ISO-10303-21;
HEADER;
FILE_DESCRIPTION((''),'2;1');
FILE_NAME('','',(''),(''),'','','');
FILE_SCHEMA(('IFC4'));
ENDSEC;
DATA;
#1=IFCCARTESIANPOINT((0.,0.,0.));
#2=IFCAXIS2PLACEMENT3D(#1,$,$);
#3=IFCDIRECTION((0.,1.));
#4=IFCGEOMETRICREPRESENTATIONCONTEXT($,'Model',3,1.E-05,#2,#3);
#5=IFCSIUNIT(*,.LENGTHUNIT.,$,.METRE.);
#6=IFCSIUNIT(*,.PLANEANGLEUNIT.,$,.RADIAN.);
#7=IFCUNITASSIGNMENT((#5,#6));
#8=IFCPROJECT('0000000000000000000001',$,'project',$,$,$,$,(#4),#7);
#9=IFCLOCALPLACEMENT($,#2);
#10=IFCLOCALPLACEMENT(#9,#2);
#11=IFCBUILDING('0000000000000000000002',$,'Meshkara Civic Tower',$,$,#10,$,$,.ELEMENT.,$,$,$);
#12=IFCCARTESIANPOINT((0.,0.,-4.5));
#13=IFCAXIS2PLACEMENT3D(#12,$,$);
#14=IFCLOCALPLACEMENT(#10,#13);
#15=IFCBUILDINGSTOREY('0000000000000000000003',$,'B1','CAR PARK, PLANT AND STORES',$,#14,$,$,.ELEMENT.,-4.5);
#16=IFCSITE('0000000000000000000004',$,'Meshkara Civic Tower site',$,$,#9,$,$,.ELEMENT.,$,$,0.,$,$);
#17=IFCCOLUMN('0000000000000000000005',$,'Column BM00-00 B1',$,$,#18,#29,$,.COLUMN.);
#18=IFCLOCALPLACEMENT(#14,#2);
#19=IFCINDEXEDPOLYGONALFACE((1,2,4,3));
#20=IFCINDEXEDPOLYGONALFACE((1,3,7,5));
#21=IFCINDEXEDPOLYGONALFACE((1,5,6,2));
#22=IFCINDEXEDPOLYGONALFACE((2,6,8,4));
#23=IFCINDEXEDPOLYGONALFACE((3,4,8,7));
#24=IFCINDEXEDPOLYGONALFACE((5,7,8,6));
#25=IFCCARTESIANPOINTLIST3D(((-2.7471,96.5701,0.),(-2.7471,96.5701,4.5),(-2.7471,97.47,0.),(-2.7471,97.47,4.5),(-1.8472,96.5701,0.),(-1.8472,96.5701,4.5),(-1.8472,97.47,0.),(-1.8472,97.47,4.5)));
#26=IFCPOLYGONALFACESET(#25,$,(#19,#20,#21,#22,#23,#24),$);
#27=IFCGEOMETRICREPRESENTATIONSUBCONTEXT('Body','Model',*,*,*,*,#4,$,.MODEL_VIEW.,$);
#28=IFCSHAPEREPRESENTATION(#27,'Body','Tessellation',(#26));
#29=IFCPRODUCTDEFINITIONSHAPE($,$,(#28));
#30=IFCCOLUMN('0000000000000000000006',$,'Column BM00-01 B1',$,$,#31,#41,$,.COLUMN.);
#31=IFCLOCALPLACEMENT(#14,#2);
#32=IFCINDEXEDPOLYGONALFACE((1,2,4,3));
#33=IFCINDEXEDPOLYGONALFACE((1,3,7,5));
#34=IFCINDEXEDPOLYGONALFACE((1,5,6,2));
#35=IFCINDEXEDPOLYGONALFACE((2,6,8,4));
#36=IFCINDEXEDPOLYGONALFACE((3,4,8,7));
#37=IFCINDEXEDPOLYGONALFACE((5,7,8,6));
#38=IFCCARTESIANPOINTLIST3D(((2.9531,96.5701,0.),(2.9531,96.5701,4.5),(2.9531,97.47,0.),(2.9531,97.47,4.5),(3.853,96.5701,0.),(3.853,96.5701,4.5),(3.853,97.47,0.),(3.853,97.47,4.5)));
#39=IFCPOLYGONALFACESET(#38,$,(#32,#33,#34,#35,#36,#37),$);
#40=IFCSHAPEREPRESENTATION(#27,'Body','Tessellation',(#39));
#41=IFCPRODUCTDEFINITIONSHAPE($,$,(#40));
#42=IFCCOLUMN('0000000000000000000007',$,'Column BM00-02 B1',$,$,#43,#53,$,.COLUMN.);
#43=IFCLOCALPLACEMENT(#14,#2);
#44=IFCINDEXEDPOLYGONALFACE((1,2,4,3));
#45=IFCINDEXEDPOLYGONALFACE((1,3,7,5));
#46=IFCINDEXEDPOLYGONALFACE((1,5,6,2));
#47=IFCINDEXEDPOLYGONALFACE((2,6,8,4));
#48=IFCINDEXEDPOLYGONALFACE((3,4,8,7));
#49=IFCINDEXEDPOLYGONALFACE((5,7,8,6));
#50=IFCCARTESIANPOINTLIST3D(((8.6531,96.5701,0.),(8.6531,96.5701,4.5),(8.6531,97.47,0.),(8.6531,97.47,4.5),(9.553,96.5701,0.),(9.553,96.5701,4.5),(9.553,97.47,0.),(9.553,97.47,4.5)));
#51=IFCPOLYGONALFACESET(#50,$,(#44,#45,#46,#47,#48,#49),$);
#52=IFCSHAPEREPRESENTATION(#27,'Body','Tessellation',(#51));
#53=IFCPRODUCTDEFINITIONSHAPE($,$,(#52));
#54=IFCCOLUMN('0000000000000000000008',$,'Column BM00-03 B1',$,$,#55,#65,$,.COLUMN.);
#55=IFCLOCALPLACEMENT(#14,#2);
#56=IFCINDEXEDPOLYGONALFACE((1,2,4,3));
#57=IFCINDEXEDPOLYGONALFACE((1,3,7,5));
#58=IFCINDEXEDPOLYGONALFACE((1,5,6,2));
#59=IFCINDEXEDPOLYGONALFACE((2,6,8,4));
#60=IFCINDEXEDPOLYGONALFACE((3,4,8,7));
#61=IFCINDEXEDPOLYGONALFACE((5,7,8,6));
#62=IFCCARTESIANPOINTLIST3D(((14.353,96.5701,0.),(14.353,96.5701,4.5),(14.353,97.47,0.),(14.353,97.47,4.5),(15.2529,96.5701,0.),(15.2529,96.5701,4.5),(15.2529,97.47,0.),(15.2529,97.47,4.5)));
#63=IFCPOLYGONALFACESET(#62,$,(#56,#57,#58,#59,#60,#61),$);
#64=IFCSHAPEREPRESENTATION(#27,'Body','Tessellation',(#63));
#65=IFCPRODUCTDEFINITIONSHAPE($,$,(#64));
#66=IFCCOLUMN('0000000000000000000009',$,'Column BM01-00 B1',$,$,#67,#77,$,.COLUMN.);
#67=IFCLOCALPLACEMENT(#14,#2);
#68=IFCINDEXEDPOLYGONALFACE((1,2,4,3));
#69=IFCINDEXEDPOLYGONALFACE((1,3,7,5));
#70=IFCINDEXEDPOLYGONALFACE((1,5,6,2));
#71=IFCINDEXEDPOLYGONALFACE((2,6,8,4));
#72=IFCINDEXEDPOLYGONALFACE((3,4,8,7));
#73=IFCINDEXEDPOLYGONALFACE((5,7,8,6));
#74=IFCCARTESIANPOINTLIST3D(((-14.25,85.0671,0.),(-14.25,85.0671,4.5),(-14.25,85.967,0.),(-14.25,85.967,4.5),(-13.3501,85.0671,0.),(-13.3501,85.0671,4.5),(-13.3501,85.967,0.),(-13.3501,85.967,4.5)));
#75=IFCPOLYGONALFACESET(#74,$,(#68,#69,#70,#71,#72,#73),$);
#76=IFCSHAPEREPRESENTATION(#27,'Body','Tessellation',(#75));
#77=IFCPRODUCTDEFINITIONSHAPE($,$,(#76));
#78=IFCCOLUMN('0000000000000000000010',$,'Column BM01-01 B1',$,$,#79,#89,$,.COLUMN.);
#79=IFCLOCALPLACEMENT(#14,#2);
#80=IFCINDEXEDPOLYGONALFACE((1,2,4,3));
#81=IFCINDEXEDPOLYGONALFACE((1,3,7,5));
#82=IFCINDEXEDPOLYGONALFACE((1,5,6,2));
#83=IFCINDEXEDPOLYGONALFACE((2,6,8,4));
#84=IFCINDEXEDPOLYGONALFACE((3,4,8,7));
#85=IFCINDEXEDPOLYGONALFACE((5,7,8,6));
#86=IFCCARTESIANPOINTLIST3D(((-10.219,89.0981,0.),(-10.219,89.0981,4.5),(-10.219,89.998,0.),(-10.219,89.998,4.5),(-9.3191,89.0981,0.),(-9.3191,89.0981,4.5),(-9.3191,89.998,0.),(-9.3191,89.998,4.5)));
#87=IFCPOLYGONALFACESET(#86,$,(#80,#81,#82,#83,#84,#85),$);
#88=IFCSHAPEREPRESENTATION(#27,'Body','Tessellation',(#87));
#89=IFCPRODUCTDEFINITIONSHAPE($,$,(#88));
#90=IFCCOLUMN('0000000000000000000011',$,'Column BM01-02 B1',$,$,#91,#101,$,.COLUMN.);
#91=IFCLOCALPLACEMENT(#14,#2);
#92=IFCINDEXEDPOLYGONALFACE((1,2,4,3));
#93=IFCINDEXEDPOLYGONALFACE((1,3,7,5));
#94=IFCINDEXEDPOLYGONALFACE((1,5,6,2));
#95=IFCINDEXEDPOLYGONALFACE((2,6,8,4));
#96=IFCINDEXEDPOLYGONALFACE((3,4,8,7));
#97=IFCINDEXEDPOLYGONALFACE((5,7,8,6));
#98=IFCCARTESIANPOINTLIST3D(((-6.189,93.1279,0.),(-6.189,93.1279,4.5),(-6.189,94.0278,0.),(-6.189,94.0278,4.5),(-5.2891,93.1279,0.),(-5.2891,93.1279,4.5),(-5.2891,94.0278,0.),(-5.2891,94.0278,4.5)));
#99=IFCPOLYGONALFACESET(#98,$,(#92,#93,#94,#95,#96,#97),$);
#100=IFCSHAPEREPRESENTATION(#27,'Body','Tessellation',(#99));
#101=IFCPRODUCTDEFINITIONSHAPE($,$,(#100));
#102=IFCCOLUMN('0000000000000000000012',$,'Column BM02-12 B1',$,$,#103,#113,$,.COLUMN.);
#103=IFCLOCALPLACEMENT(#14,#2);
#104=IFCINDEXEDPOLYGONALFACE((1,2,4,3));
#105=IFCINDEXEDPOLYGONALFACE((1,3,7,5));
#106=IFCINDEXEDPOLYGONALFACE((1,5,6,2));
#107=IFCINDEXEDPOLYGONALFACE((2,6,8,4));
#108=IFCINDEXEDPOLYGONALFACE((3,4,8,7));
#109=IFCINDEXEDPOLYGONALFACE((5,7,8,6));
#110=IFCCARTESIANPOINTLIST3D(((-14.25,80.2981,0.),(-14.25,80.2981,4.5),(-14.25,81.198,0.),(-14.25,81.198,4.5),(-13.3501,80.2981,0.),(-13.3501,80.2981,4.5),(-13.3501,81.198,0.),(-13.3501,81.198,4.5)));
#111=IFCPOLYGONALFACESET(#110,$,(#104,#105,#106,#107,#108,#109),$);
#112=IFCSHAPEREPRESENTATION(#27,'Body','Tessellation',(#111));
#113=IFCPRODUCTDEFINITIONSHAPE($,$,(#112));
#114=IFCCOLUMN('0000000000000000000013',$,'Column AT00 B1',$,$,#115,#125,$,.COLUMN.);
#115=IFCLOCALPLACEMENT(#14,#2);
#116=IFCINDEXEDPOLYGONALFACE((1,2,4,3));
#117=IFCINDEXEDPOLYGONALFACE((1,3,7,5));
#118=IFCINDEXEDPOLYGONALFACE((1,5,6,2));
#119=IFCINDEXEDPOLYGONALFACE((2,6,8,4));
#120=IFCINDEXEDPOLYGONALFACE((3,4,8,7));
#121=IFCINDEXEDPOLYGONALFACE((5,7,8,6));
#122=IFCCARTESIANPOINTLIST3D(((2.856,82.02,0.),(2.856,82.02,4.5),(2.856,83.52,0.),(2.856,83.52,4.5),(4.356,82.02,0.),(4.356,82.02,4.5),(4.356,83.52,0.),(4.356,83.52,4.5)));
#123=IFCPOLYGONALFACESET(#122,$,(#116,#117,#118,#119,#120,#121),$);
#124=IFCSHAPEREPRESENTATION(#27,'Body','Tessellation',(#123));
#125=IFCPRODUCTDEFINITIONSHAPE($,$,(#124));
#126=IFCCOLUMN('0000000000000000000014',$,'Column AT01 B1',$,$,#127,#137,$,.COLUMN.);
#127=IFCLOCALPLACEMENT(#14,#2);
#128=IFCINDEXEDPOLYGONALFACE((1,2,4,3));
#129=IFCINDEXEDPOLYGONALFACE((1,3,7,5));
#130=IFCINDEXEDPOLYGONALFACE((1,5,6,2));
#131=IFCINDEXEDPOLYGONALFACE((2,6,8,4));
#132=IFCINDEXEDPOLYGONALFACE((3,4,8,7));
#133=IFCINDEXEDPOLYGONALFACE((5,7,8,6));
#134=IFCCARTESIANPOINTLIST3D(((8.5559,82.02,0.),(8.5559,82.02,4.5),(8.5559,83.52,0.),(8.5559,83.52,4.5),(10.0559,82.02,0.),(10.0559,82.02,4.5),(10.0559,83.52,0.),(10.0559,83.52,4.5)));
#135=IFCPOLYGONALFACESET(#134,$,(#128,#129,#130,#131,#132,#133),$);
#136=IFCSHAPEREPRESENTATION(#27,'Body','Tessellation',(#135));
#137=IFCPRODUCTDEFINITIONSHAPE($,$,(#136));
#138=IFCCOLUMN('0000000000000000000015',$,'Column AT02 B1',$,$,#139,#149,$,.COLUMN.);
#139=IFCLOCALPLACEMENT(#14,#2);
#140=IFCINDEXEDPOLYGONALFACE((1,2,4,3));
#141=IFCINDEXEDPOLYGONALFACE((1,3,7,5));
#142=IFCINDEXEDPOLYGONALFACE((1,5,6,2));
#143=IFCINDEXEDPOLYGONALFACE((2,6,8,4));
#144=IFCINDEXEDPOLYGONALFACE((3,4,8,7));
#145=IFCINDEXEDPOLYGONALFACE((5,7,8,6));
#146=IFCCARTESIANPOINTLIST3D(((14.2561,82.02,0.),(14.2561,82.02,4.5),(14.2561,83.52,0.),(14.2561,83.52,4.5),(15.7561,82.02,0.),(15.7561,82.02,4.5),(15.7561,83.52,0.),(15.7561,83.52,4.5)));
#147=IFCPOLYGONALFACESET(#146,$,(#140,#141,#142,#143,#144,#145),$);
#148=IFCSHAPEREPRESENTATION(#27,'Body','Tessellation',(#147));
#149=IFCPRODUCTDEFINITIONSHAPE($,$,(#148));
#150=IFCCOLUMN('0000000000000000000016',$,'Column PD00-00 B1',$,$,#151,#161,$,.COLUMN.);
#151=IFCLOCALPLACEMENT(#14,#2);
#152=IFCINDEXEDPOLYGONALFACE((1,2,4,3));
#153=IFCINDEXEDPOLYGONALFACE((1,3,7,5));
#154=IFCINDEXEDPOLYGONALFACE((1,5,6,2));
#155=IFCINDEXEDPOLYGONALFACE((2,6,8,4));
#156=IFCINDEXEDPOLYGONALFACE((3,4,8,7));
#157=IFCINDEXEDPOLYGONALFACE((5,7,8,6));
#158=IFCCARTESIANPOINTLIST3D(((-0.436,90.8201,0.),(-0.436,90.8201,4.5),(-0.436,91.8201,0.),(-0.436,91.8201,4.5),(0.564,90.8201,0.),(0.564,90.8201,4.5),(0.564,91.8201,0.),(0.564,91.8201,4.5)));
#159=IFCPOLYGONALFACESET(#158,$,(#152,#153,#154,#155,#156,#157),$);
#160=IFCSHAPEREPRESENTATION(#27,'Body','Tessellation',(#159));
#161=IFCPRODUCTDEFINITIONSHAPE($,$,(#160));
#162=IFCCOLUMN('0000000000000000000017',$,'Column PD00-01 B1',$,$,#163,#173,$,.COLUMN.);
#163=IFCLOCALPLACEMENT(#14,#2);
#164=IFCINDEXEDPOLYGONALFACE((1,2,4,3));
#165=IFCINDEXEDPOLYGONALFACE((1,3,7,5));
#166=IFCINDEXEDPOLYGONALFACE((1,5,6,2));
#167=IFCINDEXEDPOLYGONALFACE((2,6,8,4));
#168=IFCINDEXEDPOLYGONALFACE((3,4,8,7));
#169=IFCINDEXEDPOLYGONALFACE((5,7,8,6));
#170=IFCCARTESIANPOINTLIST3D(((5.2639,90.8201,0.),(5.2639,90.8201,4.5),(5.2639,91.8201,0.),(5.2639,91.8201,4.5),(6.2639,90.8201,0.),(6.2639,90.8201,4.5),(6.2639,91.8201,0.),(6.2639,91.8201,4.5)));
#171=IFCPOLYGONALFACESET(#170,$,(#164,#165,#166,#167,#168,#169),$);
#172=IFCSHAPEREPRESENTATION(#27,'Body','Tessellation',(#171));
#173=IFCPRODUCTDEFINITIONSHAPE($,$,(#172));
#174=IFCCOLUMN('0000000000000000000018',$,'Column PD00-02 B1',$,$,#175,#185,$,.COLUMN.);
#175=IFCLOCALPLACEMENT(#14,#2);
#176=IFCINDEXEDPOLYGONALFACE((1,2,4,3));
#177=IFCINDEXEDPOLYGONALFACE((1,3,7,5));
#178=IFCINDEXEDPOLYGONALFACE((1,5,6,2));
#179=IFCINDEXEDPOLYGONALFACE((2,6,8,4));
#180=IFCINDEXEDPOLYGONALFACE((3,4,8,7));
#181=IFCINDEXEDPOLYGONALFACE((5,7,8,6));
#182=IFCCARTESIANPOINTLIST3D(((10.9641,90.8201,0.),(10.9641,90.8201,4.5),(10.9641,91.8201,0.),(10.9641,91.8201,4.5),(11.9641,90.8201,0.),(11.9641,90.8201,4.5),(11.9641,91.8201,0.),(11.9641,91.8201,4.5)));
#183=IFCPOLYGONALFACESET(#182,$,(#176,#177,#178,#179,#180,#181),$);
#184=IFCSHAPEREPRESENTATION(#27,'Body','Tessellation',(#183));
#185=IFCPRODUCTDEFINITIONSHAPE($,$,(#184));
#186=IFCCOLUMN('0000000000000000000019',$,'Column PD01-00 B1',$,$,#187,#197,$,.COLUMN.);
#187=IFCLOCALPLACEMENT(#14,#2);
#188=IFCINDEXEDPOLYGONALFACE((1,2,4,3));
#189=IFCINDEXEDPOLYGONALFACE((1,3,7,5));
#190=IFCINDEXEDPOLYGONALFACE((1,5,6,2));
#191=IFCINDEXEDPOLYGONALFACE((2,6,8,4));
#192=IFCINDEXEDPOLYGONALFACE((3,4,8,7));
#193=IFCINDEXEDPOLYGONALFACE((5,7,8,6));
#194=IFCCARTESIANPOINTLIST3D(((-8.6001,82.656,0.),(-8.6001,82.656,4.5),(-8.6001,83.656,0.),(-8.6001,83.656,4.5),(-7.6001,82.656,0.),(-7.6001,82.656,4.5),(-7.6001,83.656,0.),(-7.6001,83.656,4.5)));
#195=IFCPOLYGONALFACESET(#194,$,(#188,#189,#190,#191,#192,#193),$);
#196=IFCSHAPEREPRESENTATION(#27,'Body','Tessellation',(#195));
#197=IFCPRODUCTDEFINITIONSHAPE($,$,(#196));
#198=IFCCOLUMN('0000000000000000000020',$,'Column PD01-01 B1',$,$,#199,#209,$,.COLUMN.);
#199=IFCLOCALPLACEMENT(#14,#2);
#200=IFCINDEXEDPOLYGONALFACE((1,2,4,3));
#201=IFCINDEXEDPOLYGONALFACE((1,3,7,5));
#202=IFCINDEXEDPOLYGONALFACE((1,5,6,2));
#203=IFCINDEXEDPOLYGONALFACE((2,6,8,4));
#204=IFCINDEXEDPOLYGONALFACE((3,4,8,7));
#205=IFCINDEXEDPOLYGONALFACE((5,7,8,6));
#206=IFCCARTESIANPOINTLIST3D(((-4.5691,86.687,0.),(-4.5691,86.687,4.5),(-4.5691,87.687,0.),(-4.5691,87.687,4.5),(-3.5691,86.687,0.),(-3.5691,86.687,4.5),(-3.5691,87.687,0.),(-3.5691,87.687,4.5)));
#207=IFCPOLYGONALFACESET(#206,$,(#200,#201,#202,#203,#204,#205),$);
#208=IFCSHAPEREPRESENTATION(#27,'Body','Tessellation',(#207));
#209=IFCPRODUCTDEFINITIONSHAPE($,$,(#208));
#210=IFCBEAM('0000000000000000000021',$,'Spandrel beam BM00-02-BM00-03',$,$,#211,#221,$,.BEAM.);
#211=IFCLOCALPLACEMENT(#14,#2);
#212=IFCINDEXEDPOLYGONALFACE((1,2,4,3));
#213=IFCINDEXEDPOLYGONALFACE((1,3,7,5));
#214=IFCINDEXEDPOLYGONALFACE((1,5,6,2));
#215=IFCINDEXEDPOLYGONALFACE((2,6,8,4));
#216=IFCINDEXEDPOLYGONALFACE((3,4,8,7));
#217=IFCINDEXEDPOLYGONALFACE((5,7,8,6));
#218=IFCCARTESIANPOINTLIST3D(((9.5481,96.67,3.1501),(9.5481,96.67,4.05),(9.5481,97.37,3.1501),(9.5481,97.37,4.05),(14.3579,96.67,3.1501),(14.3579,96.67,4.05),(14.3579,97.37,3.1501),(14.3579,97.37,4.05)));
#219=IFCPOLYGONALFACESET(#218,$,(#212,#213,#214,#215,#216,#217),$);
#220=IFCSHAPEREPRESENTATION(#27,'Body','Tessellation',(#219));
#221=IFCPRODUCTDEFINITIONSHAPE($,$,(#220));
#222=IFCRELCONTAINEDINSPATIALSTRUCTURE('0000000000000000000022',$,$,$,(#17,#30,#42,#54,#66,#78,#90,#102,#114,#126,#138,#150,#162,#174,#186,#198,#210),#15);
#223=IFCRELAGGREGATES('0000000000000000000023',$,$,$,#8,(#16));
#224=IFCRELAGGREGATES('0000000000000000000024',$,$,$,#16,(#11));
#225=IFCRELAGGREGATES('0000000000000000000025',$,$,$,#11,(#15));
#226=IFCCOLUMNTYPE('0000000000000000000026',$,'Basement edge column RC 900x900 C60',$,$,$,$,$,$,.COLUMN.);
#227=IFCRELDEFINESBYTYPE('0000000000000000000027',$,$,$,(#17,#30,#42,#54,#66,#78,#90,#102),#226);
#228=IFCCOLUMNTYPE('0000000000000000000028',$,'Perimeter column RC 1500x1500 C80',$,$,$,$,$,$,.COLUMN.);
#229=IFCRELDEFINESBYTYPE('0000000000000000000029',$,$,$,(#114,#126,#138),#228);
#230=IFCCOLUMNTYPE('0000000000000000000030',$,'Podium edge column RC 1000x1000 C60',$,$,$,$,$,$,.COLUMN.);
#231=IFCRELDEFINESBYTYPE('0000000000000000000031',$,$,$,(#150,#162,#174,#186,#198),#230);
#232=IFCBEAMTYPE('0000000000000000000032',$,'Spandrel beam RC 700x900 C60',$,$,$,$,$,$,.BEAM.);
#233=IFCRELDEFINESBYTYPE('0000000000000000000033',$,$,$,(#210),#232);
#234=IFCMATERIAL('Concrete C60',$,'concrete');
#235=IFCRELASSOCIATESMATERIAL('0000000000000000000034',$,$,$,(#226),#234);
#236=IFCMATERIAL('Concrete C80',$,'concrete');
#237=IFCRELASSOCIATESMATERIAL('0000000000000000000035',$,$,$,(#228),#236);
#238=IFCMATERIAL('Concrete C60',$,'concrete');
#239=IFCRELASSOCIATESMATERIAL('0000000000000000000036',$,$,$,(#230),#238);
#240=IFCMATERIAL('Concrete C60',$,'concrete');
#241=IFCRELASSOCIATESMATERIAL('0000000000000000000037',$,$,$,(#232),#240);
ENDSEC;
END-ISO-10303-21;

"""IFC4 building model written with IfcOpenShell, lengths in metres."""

from ifc_helpers import new_model, si_unit, direction, frame, origin, origin_2d, place, context, subcontext, project, spatial, rectangle, extrude, material, material_profile, profile_set, type_object, element, save


model = new_model("IFC4")

# Units and contexts
model_context = context("Model", 3, precision=1e-05, world=origin(), true_north=direction((0.0, 1.0)))
body_context = subcontext(model_context, "Body", "Model", "MODEL_VIEW")
ifc_project = project(units=[si_unit("LENGTHUNIT", "METRE"), si_unit("PLANEANGLEUNIT", "RADIAN")], contexts=[model_context])

# Site, building, storey
site_placement = place(None, origin())
site = spatial("IfcSite", under=ifc_project, at=site_placement, Name="Meshkara Civic Tower site", CompositionType="ELEMENT", RefElevation=0.0)
building_placement = place(site_placement, origin())
building = spatial("IfcBuilding", under=site, at=building_placement, Name="Meshkara Civic Tower", CompositionType="ELEMENT")
storey_placement = place(building_placement, frame((0.0, 0.0, -4.5)))
storey = spatial("IfcBuildingStorey", under=building, at=storey_placement, Name="B1", Description="CAR PARK, PLANT AND STORES", CompositionType="ELEMENT", Elevation=-4.5)

# Columns
ifc_material_1 = material(Name="Concrete C60", Category="concrete")
ifc_material_profile_1 = material_profile(ifc_material_1, rectangle(XDim=0.8999, YDim=0.8999, at=origin_2d()))
ifc_profile_set_1 = profile_set([ifc_material_profile_1], Name="Concrete C60")
column_type_1 = type_object("IfcColumnType", Name="Basement edge column RC 900x900 C60", PredefinedType="COLUMN", material=ifc_profile_set_1)
for number, where, z_axis, x_axis, name in (
    (1, (-2.2971, 97.02, 0.0), (0.0, 0.0, 1.0), (1.0, 0.0, 0.0), "Column BM00-00 B1"),
    (2, (3.4031, 97.02, 0.0), (0.0, 0.0, 1.0), (1.0, 0.0, 0.0), "Column BM00-01 B1"),
    (3, (9.103, 97.02, 0.0), (0.0, 0.0, 1.0), (1.0, 0.0, 0.0), "Column BM00-02 B1"),
    (4, (14.803, 97.02, 0.0), (0.0, 0.0, 1.0), (1.0, 0.0, 0.0), "Column BM00-03 B1"),
    (5, (-13.8, 85.5171, 0.0), (0.0, 0.0, 1.0), (1.0, 0.0, 0.0), "Column BM01-00 B1"),
    (6, (-9.769, 89.5481, 0.0), (0.0, 0.0, 1.0), (1.0, 0.0, 0.0), "Column BM01-01 B1"),
    (7, (-5.739, 93.5779, 0.0), (0.0, 0.0, 1.0), (1.0, 0.0, 0.0), "Column BM01-02 B1"),
    (8, (-13.8, 80.748, 0.0), (0.0, 0.0, 1.0), (1.0, 0.0, 0.0), "Column BM02-12 B1"),
):
    element("IfcColumn", number, at=place(storey_placement, frame(where, z_axis=z_axis, x_axis=x_axis)), inside=storey, type_object=column_type_1, Name=name, PredefinedType="COLUMN", context=body_context, shape_type="SweptSolid", body=[
        extrude(rectangle(XDim=0.8999, YDim=0.8999, at=origin_2d()), origin(), (0.0, 0.0, 1.0), 4.5),
    ])
ifc_material_2 = material(Name="Concrete C80", Category="concrete")
ifc_material_profile_2 = material_profile(ifc_material_2, rectangle(XDim=1.5, YDim=1.5, at=origin_2d()))
ifc_profile_set_2 = profile_set([ifc_material_profile_2], Name="Concrete C80")
column_type_2 = type_object("IfcColumnType", Name="Perimeter column RC 1500x1500 C80", PredefinedType="COLUMN", material=ifc_profile_set_2)
for number, where, z_axis, x_axis, name in (
    (9, (3.606, 82.77, 0.0), (0.0, 0.0, 1.0), (1.0, 0.0, 0.0), "Column AT00 B1"),
    (10, (9.3059, 82.77, 0.0), (0.0, 0.0, 1.0), (1.0, 0.0, 0.0), "Column AT01 B1"),
    (11, (15.0061, 82.77, 0.0), (0.0, 0.0, 1.0), (1.0, 0.0, 0.0), "Column AT02 B1"),
):
    element("IfcColumn", number, at=place(storey_placement, frame(where, z_axis=z_axis, x_axis=x_axis)), inside=storey, type_object=column_type_2, Name=name, PredefinedType="COLUMN", context=body_context, shape_type="SweptSolid", body=[
        extrude(rectangle(XDim=1.5, YDim=1.5, at=origin_2d()), origin(), (0.0, 0.0, 1.0), 4.5),
    ])
ifc_material_3 = material(Name="Concrete C60", Category="concrete")
ifc_material_profile_3 = material_profile(ifc_material_3, rectangle(XDim=1.0, YDim=1.0, at=origin_2d()))
ifc_profile_set_3 = profile_set([ifc_material_profile_3], Name="Concrete C60")
column_type_3 = type_object("IfcColumnType", Name="Podium edge column RC 1000x1000 C60", PredefinedType="COLUMN", material=ifc_profile_set_3)
for number, where, z_axis, x_axis, name in (
    (12, (0.064, 91.3201, 0.0), (0.0, 0.0, 1.0), (1.0, 0.0, 0.0), "Column PD00-00 B1"),
    (13, (5.7639, 91.3201, 0.0), (0.0, 0.0, 1.0), (1.0, 0.0, 0.0), "Column PD00-01 B1"),
    (14, (11.4641, 91.3201, 0.0), (0.0, 0.0, 1.0), (1.0, 0.0, 0.0), "Column PD00-02 B1"),
    (15, (-8.1001, 83.156, 0.0), (0.0, 0.0, 1.0), (1.0, 0.0, 0.0), "Column PD01-00 B1"),
    (16, (-4.0691, 87.187, 0.0), (0.0, 0.0, 1.0), (1.0, 0.0, 0.0), "Column PD01-01 B1"),
):
    element("IfcColumn", number, at=place(storey_placement, frame(where, z_axis=z_axis, x_axis=x_axis)), inside=storey, type_object=column_type_3, Name=name, PredefinedType="COLUMN", context=body_context, shape_type="SweptSolid", body=[
        extrude(rectangle(XDim=1.0, YDim=1.0, at=origin_2d()), origin(), (0.0, 0.0, 1.0), 4.5),
    ])

# Beam
ifc_material_4 = material(Name="Concrete C60", Category="concrete")
ifc_material_profile_4 = material_profile(ifc_material_4, rectangle(XDim=0.7, YDim=0.8999, at=origin_2d()))
ifc_profile_set_4 = profile_set([ifc_material_profile_4], Name="Concrete C60")
beam_type = type_object("IfcBeamType", Name="Spandrel beam RC 700x900 C60", PredefinedType="BEAM", material=ifc_profile_set_4)
beam_1_placement = place(storey_placement, frame((14.3579, 97.02, 3.6001), z_axis=(-1.0, 0.0, 0.0), x_axis=(0.0, -1.0, 0.0)))
element("IfcBeam", 17, at=beam_1_placement, inside=storey, type_object=beam_type, Name="Spandrel beam BM00-02-BM00-03", PredefinedType="BEAM", context=body_context, shape_type="SweptSolid", body=[
    extrude(rectangle(XDim=0.7, YDim=0.8999, at=origin_2d()), origin(), (0.0, 0.0, 1.0), 4.8098),
])

save(model, "model.ifc")
